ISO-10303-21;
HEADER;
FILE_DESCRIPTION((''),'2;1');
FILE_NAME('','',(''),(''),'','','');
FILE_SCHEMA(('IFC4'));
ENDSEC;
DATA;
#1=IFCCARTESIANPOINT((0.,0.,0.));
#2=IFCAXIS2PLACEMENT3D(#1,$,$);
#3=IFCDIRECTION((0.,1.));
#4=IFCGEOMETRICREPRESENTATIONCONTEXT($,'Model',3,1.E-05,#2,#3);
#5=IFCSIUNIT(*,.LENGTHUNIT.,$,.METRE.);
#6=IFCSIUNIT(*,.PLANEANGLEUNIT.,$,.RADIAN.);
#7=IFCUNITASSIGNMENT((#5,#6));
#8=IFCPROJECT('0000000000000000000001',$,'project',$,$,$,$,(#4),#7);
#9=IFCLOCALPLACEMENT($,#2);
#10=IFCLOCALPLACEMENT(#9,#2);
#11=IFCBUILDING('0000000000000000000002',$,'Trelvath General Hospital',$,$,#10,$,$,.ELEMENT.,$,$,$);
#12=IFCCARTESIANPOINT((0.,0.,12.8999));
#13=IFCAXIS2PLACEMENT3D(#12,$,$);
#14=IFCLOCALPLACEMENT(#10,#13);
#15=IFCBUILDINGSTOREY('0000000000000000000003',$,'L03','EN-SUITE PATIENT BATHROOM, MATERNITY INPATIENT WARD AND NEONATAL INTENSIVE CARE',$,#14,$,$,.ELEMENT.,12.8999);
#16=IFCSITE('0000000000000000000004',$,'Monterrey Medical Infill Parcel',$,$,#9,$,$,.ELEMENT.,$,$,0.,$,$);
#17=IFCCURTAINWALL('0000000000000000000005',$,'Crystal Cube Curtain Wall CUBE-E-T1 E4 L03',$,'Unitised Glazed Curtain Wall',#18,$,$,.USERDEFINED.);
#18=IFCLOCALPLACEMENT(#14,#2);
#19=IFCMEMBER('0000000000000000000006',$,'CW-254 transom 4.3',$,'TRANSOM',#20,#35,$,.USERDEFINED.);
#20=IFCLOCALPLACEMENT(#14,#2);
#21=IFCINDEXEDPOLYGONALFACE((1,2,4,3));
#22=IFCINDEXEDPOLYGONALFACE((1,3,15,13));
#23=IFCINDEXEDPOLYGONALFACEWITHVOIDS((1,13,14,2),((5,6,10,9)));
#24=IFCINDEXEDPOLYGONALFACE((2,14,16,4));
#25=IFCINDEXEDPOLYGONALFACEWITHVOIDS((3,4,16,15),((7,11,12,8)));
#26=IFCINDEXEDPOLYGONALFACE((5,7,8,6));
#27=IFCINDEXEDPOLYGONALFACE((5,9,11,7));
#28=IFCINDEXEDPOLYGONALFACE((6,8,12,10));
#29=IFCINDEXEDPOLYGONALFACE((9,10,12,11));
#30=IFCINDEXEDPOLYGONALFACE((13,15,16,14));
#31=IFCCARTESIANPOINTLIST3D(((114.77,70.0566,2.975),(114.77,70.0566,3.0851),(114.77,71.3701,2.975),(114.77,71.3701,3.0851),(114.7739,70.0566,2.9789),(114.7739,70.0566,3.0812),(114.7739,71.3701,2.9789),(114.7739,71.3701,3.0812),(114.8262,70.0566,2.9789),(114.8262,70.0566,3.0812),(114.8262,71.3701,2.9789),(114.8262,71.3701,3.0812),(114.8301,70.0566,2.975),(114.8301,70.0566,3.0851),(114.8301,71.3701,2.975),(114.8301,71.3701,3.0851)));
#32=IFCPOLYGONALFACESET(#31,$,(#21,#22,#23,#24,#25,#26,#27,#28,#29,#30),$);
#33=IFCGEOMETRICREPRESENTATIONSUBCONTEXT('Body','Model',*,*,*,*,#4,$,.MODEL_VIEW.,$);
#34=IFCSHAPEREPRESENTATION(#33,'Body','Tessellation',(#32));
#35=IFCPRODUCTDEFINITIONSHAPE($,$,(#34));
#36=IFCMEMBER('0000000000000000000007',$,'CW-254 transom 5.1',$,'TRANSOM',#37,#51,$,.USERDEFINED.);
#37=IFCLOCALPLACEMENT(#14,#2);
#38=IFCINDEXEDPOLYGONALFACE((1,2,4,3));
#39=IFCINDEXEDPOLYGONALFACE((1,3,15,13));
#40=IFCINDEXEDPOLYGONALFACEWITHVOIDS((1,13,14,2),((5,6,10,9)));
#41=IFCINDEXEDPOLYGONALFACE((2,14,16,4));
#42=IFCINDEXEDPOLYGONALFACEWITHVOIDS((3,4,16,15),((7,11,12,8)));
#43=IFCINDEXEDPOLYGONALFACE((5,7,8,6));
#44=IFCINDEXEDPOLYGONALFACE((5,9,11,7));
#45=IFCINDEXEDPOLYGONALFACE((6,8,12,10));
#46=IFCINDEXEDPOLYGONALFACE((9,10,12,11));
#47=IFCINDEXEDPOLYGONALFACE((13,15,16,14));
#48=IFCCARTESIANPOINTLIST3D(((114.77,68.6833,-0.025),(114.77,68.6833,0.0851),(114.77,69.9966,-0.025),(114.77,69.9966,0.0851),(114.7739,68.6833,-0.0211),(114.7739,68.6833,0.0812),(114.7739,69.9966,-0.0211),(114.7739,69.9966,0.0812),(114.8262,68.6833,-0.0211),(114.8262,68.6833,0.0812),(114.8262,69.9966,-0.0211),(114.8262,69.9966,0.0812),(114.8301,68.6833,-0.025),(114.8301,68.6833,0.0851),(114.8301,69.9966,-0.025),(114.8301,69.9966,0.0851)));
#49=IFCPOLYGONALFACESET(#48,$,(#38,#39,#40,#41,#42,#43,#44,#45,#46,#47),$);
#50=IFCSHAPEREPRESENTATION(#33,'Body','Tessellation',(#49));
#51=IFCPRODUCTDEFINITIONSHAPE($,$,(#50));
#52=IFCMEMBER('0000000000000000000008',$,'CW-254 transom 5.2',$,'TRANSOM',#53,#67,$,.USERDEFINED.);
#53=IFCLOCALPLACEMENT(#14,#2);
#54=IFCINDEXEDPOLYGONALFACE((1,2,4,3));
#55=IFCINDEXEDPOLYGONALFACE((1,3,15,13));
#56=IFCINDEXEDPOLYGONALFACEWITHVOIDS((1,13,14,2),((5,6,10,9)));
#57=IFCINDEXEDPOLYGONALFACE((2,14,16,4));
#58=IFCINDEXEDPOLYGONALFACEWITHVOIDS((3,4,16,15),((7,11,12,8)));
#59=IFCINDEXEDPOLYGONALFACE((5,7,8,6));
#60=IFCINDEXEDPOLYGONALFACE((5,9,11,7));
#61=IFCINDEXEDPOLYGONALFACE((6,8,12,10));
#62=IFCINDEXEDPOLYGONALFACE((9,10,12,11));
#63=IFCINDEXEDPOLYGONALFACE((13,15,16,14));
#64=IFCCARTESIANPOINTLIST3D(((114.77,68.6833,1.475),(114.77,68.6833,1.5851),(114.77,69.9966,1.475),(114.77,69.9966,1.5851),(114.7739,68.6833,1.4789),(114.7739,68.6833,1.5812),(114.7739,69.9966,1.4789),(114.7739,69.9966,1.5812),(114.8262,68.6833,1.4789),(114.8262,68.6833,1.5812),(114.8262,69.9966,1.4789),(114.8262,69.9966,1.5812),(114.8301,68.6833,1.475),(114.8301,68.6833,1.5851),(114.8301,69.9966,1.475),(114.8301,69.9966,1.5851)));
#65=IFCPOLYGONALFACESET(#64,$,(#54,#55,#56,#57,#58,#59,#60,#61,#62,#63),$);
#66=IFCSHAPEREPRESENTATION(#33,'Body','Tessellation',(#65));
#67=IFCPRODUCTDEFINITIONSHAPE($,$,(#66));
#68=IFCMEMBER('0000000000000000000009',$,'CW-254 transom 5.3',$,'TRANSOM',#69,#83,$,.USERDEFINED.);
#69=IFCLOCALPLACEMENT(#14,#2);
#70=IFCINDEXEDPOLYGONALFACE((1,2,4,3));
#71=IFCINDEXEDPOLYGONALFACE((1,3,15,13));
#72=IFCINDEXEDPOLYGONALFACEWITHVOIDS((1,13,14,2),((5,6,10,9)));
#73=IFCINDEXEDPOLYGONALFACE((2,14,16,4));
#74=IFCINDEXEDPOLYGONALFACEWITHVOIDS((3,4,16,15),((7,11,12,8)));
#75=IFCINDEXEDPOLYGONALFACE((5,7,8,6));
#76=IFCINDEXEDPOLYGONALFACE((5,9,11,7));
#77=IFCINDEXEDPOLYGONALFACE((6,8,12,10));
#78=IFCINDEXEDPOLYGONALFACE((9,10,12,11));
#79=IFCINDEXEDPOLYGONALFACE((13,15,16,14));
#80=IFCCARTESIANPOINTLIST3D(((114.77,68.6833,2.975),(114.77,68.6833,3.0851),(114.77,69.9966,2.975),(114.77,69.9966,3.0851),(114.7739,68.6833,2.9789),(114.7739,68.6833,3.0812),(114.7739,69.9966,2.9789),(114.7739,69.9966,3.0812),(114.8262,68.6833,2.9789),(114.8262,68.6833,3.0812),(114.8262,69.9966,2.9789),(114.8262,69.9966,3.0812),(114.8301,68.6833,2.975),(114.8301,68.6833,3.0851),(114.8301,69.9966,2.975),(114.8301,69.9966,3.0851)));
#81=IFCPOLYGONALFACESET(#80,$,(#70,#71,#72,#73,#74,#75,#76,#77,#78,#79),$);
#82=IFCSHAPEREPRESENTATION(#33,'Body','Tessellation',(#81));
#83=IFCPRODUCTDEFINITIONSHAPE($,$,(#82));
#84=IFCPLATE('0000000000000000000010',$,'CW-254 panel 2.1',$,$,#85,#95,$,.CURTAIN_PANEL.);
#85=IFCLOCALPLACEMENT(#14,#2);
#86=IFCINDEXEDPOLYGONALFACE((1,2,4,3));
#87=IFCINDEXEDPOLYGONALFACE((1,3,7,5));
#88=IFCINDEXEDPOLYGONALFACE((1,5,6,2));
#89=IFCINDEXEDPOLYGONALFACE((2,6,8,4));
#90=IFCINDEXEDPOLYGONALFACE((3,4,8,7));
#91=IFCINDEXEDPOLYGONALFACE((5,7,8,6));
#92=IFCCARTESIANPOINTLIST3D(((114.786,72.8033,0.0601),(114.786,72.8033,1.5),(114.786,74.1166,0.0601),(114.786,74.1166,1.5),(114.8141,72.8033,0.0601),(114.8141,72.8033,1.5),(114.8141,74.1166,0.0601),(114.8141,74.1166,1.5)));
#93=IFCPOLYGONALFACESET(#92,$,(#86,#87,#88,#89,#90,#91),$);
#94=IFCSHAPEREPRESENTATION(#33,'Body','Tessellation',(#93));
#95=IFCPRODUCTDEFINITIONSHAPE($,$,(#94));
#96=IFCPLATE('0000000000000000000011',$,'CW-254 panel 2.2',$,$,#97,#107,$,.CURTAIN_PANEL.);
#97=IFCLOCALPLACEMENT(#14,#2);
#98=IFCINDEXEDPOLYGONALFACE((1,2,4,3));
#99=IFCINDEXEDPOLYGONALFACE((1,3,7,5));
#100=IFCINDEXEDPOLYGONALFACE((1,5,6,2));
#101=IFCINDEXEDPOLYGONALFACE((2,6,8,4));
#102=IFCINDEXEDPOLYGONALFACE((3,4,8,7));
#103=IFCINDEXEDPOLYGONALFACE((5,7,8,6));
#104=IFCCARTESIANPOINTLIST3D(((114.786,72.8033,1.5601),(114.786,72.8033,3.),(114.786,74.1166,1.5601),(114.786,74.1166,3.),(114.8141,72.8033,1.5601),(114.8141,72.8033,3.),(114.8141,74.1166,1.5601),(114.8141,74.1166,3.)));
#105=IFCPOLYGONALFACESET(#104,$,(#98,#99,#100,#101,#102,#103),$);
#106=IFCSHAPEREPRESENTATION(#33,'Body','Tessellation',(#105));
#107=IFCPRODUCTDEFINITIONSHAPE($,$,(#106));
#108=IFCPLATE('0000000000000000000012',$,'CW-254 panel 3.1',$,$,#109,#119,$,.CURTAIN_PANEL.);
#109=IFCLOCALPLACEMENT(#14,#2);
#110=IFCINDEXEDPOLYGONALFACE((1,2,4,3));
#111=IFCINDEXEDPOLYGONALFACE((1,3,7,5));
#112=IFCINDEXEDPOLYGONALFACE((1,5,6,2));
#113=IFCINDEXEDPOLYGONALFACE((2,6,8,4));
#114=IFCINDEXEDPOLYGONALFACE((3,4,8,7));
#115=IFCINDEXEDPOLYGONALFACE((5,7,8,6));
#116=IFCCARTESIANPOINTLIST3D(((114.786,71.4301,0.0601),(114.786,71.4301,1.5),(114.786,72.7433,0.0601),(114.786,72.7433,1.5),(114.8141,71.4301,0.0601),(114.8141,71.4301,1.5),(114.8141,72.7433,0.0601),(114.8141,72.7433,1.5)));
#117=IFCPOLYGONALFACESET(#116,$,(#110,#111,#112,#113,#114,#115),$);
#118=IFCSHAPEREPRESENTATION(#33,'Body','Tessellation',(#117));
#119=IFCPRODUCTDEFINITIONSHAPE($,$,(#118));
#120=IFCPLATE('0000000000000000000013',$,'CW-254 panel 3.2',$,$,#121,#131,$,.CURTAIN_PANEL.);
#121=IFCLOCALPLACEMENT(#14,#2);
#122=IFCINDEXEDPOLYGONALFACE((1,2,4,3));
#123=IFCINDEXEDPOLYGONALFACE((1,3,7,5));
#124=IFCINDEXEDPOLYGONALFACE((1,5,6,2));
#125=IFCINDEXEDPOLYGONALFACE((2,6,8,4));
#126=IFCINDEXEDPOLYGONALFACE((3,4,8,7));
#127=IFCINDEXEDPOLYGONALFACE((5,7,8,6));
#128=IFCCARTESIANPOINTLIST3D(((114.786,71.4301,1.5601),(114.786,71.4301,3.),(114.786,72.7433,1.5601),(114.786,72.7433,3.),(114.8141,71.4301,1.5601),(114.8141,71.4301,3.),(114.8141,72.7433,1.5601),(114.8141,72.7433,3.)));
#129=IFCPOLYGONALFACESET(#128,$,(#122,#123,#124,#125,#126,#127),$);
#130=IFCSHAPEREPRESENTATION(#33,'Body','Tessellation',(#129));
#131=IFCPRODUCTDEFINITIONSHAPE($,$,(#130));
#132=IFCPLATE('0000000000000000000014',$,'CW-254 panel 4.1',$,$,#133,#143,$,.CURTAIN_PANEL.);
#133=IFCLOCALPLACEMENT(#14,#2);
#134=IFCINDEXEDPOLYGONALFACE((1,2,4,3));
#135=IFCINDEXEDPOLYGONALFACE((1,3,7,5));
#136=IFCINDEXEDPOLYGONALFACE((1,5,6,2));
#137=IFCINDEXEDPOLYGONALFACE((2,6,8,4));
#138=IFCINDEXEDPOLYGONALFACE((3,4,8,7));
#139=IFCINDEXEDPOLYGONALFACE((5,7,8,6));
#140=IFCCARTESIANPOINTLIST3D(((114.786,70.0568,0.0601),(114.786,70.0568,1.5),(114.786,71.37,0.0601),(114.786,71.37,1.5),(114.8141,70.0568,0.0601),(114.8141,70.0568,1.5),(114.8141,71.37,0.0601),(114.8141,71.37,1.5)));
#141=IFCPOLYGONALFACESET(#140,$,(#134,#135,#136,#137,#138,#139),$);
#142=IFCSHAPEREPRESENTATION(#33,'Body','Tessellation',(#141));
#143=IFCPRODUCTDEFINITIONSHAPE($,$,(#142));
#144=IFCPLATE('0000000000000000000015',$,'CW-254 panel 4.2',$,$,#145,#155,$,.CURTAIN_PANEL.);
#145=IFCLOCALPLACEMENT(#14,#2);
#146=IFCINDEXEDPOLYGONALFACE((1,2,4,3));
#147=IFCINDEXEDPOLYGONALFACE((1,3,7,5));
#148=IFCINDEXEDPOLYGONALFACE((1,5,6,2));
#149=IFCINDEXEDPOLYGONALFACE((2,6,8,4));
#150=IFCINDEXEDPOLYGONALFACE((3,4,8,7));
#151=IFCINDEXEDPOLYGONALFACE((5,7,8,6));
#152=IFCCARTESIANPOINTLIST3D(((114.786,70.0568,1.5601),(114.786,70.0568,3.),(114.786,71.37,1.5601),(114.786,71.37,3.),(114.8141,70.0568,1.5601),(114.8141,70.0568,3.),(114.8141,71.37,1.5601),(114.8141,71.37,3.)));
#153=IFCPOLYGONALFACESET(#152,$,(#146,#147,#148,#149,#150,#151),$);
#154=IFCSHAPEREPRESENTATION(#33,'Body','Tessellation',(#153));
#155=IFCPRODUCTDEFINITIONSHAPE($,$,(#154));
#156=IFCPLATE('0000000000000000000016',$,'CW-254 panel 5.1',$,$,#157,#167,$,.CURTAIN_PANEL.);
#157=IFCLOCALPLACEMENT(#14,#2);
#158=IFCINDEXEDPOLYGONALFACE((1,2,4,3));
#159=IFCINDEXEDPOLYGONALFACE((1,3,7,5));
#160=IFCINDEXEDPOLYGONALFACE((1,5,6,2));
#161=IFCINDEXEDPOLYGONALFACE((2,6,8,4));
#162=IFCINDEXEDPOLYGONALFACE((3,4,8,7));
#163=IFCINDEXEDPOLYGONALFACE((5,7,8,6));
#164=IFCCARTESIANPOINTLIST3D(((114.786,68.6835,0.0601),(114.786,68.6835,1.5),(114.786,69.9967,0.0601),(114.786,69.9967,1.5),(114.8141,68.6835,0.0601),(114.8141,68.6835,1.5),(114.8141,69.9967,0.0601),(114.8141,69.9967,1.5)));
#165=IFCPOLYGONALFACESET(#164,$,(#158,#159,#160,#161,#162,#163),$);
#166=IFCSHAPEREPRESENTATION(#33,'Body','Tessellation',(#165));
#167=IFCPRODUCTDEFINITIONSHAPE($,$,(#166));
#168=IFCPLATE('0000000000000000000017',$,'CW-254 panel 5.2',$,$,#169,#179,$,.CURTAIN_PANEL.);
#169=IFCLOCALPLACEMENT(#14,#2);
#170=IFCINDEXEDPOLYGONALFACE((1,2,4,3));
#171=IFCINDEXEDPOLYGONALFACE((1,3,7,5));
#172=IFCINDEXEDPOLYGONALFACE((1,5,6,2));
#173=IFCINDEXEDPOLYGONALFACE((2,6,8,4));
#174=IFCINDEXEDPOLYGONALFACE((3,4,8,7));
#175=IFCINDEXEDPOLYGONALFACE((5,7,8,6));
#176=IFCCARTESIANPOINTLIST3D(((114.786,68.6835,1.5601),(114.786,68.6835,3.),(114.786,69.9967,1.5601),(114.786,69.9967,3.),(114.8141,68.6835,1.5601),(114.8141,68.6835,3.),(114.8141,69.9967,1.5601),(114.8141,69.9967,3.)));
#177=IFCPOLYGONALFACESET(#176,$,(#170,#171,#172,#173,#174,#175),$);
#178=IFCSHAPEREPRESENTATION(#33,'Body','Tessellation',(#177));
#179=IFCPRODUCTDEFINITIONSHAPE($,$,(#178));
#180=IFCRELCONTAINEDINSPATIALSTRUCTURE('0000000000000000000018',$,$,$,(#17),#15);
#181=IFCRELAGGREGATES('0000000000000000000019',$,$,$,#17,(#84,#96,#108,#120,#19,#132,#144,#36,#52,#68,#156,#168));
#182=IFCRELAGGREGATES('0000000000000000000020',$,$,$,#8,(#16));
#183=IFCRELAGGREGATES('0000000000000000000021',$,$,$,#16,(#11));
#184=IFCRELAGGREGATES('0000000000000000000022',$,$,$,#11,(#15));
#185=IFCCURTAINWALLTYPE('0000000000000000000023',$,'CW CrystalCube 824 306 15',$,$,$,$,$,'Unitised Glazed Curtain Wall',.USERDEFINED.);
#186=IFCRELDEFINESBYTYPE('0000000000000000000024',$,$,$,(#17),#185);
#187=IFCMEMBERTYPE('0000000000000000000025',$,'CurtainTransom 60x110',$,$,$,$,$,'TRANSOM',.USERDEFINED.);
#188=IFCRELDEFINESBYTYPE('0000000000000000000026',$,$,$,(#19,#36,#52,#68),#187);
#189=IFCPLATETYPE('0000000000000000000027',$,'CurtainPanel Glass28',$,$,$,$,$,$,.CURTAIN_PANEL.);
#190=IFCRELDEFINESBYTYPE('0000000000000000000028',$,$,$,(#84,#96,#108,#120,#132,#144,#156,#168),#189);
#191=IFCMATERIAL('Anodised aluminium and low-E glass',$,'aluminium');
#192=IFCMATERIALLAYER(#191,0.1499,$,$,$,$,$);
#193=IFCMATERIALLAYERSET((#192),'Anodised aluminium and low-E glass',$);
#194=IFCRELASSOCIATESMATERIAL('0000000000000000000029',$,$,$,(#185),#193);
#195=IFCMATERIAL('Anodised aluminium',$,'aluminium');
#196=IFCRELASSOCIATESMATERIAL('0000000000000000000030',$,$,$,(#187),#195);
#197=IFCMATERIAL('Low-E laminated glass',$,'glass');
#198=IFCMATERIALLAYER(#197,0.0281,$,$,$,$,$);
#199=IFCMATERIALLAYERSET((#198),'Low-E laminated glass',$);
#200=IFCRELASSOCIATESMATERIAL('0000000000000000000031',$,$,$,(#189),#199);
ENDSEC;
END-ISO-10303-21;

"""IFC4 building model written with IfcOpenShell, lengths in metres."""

from ifc_helpers import new_model, si_unit, direction, frame, origin, origin_2d, place, context, subcontext, project, spatial, rectangle, hollow_rectangle, extrude, material, layer, layer_set, material_profile, profile_set, type_object, element, aggregate, save


model = new_model("IFC4")

# Units and contexts
model_context = context("Model", 3, precision=1e-05, world=origin(), true_north=direction((0.0, 1.0)))
body_context = subcontext(model_context, "Body", "Model", "MODEL_VIEW")
ifc_project = project(units=[si_unit("LENGTHUNIT", "METRE"), si_unit("PLANEANGLEUNIT", "RADIAN")], contexts=[model_context])

# Site, building, storey
site_placement = place(None, origin())
site = spatial("IfcSite", under=ifc_project, at=site_placement, Name="Monterrey Medical Infill Parcel", CompositionType="ELEMENT", RefElevation=0.0)
building_placement = place(site_placement, origin())
building = spatial("IfcBuilding", under=site, at=building_placement, Name="Trelvath General Hospital", CompositionType="ELEMENT")
storey_placement = place(building_placement, frame((0.0, 0.0, 12.8999)))
storey = spatial("IfcBuildingStorey", under=building, at=storey_placement, Name="L03", Description="EN-SUITE PATIENT BATHROOM, MATERNITY INPATIENT WARD AND NEONATAL INTENSIVE CARE", CompositionType="ELEMENT", Elevation=12.8999)

# Curtain wall, members, plates
ifc_material_1 = material(Name="Anodised aluminium and low-E glass", Category="aluminium")
ifc_layer_1 = layer(ifc_material_1, 0.1499)
ifc_layer_set_1 = layer_set([ifc_layer_1], Name="Anodised aluminium and low-E glass")
curtain_wall_type = type_object("IfcCurtainWallType", Name="CW CrystalCube 824 306 15", ElementType="Unitised Glazed Curtain Wall", PredefinedType="USERDEFINED", material=ifc_layer_set_1)
curtain_wall_placement = place(storey_placement, origin())
curtain_wall = element("IfcCurtainWall", 1, at=curtain_wall_placement, inside=storey, type_object=curtain_wall_type, Name="Crystal Cube Curtain Wall CUBE-E-T1 E4 L03", ObjectType="Unitised Glazed Curtain Wall", PredefinedType="USERDEFINED")
ifc_material_2 = material(Name="Anodised aluminium", Category="aluminium")
ifc_material_profile_1 = material_profile(ifc_material_2, hollow_rectangle(XDim=0.0601, YDim=0.1101, WallThickness=0.0039, at=origin_2d()), Name="RHS60x110x4")
ifc_profile_set_1 = profile_set([ifc_material_profile_1], Name="Anodised aluminium")
member_type_1 = type_object("IfcMemberType", Name="CurtainTransom 60x110", ElementType="TRANSOM", PredefinedType="USERDEFINED", material=ifc_profile_set_1)
member_1_placement = place(storey_placement, frame((114.8, 71.3701, 3.03), z_axis=(0.0, -1.0, 0.0), x_axis=(1.0, 0.0, 0.0)))
member_1 = element("IfcMember", 2, at=member_1_placement, type_object=member_type_1, Name="CW-254 transom 4.3", ObjectType="TRANSOM", PredefinedType="USERDEFINED", context=body_context, shape_type="SweptSolid", body=[
    extrude(hollow_rectangle(XDim=0.0601, YDim=0.1101, WallThickness=0.0039, at=origin_2d()), origin(), (0.0, 0.0, 1.0), 1.3135),
])
member_2_placement = place(storey_placement, frame((114.8, 69.9966, 0.03), z_axis=(0.0, -1.0, 0.0), x_axis=(1.0, 0.0, 0.0)))
member_2 = element("IfcMember", 3, at=member_2_placement, type_object=member_type_1, Name="CW-254 transom 5.1", ObjectType="TRANSOM", PredefinedType="USERDEFINED", context=body_context, shape_type="SweptSolid", body=[
    extrude(hollow_rectangle(XDim=0.0601, YDim=0.1101, WallThickness=0.0039, at=origin_2d()), origin(), (0.0, 0.0, 1.0), 1.3132),
])
member_3_placement = place(storey_placement, frame((114.8, 69.9966, 1.53), z_axis=(0.0, -1.0, 0.0), x_axis=(1.0, 0.0, 0.0)))
member_3 = element("IfcMember", 4, at=member_3_placement, type_object=member_type_1, Name="CW-254 transom 5.2", ObjectType="TRANSOM", PredefinedType="USERDEFINED", context=body_context, shape_type="SweptSolid", body=[
    extrude(hollow_rectangle(XDim=0.0601, YDim=0.1101, WallThickness=0.0039, at=origin_2d()), origin(), (0.0, 0.0, 1.0), 1.3132),
])
member_4_placement = place(storey_placement, frame((114.8, 69.9966, 3.03), z_axis=(0.0, -1.0, 0.0), x_axis=(1.0, 0.0, 0.0)))
member_4 = element("IfcMember", 5, at=member_4_placement, type_object=member_type_1, Name="CW-254 transom 5.3", ObjectType="TRANSOM", PredefinedType="USERDEFINED", context=body_context, shape_type="SweptSolid", body=[
    extrude(hollow_rectangle(XDim=0.0601, YDim=0.1101, WallThickness=0.0039, at=origin_2d()), origin(), (0.0, 0.0, 1.0), 1.3132),
])
ifc_material_3 = material(Name="Low-E laminated glass", Category="glass")
ifc_layer_2 = layer(ifc_material_3, 0.0281)
ifc_layer_set_2 = layer_set([ifc_layer_2], Name="Low-E laminated glass")
plate_type = type_object("IfcPlateType", Name="CurtainPanel Glass28", PredefinedType="CURTAIN_PANEL", material=ifc_layer_set_2)
plate_1_placement = place(storey_placement, frame((114.8, 73.46, 0.0601), z_axis=(0.0, 0.0, 1.0), x_axis=(0.0, -1.0, 0.0)))
plate_1 = element("IfcPlate", 6, at=plate_1_placement, type_object=plate_type, Name="CW-254 panel 2.1", PredefinedType="CURTAIN_PANEL", context=body_context, shape_type="SweptSolid", body=[
    extrude(rectangle(XDim=1.3132, YDim=0.0281, at=origin_2d()), origin(), (0.0, 0.0, 1.0), 1.4399),
])
plate_2_placement = place(storey_placement, frame((114.8, 73.46, 1.5601), z_axis=(0.0, 0.0, 1.0), x_axis=(0.0, -1.0, 0.0)))
plate_2 = element("IfcPlate", 7, at=plate_2_placement, type_object=plate_type, Name="CW-254 panel 2.2", PredefinedType="CURTAIN_PANEL", context=body_context, shape_type="SweptSolid", body=[
    extrude(rectangle(XDim=1.3132, YDim=0.0281, at=origin_2d()), origin(), (0.0, 0.0, 1.0), 1.4399),
])
plate_3_placement = place(storey_placement, frame((114.8, 72.0867, 0.0601), z_axis=(0.0, 0.0, 1.0), x_axis=(0.0, -1.0, 0.0)))
plate_3 = element("IfcPlate", 8, at=plate_3_placement, type_object=plate_type, Name="CW-254 panel 3.1", PredefinedType="CURTAIN_PANEL", context=body_context, shape_type="SweptSolid", body=[
    extrude(rectangle(XDim=1.3132, YDim=0.0281, at=origin_2d()), origin(), (0.0, 0.0, 1.0), 1.4399),
])
plate_4_placement = place(storey_placement, frame((114.8, 72.0867, 1.5601), z_axis=(0.0, 0.0, 1.0), x_axis=(0.0, -1.0, 0.0)))
plate_4 = element("IfcPlate", 9, at=plate_4_placement, type_object=plate_type, Name="CW-254 panel 3.2", PredefinedType="CURTAIN_PANEL", context=body_context, shape_type="SweptSolid", body=[
    extrude(rectangle(XDim=1.3132, YDim=0.0281, at=origin_2d()), origin(), (0.0, 0.0, 1.0), 1.4399),
])
plate_5_placement = place(storey_placement, frame((114.8, 70.7134, 0.0601), z_axis=(0.0, 0.0, 1.0), x_axis=(0.0, -1.0, 0.0)))
plate_5 = element("IfcPlate", 10, at=plate_5_placement, type_object=plate_type, Name="CW-254 panel 4.1", PredefinedType="CURTAIN_PANEL", context=body_context, shape_type="SweptSolid", body=[
    extrude(rectangle(XDim=1.3132, YDim=0.0281, at=origin_2d()), origin(), (0.0, 0.0, 1.0), 1.4399),
])
plate_6_placement = place(storey_placement, frame((114.8, 70.7134, 1.5601), z_axis=(0.0, 0.0, 1.0), x_axis=(0.0, -1.0, 0.0)))
plate_6 = element("IfcPlate", 11, at=plate_6_placement, type_object=plate_type, Name="CW-254 panel 4.2", PredefinedType="CURTAIN_PANEL", context=body_context, shape_type="SweptSolid", body=[
    extrude(rectangle(XDim=1.3132, YDim=0.0281, at=origin_2d()), origin(), (0.0, 0.0, 1.0), 1.4399),
])
plate_7_placement = place(storey_placement, frame((114.8, 69.3401, 0.0601), z_axis=(0.0, 0.0, 1.0), x_axis=(0.0, -1.0, 0.0)))
plate_7 = element("IfcPlate", 12, at=plate_7_placement, type_object=plate_type, Name="CW-254 panel 5.1", PredefinedType="CURTAIN_PANEL", context=body_context, shape_type="SweptSolid", body=[
    extrude(rectangle(XDim=1.3132, YDim=0.0281, at=origin_2d()), origin(), (0.0, 0.0, 1.0), 1.4399),
])
plate_8_placement = place(storey_placement, frame((114.8, 69.3401, 1.5601), z_axis=(0.0, 0.0, 1.0), x_axis=(0.0, -1.0, 0.0)))
plate_8 = element("IfcPlate", 13, at=plate_8_placement, type_object=plate_type, Name="CW-254 panel 5.2", PredefinedType="CURTAIN_PANEL", context=body_context, shape_type="SweptSolid", body=[
    extrude(rectangle(XDim=1.3132, YDim=0.0281, at=origin_2d()), origin(), (0.0, 0.0, 1.0), 1.4399),
])
aggregate(curtain_wall, [plate_1, plate_2, plate_3, plate_4, member_1, plate_5, plate_6, member_2, member_3, member_4, plate_7, plate_8])

save(model, "model.ifc")
